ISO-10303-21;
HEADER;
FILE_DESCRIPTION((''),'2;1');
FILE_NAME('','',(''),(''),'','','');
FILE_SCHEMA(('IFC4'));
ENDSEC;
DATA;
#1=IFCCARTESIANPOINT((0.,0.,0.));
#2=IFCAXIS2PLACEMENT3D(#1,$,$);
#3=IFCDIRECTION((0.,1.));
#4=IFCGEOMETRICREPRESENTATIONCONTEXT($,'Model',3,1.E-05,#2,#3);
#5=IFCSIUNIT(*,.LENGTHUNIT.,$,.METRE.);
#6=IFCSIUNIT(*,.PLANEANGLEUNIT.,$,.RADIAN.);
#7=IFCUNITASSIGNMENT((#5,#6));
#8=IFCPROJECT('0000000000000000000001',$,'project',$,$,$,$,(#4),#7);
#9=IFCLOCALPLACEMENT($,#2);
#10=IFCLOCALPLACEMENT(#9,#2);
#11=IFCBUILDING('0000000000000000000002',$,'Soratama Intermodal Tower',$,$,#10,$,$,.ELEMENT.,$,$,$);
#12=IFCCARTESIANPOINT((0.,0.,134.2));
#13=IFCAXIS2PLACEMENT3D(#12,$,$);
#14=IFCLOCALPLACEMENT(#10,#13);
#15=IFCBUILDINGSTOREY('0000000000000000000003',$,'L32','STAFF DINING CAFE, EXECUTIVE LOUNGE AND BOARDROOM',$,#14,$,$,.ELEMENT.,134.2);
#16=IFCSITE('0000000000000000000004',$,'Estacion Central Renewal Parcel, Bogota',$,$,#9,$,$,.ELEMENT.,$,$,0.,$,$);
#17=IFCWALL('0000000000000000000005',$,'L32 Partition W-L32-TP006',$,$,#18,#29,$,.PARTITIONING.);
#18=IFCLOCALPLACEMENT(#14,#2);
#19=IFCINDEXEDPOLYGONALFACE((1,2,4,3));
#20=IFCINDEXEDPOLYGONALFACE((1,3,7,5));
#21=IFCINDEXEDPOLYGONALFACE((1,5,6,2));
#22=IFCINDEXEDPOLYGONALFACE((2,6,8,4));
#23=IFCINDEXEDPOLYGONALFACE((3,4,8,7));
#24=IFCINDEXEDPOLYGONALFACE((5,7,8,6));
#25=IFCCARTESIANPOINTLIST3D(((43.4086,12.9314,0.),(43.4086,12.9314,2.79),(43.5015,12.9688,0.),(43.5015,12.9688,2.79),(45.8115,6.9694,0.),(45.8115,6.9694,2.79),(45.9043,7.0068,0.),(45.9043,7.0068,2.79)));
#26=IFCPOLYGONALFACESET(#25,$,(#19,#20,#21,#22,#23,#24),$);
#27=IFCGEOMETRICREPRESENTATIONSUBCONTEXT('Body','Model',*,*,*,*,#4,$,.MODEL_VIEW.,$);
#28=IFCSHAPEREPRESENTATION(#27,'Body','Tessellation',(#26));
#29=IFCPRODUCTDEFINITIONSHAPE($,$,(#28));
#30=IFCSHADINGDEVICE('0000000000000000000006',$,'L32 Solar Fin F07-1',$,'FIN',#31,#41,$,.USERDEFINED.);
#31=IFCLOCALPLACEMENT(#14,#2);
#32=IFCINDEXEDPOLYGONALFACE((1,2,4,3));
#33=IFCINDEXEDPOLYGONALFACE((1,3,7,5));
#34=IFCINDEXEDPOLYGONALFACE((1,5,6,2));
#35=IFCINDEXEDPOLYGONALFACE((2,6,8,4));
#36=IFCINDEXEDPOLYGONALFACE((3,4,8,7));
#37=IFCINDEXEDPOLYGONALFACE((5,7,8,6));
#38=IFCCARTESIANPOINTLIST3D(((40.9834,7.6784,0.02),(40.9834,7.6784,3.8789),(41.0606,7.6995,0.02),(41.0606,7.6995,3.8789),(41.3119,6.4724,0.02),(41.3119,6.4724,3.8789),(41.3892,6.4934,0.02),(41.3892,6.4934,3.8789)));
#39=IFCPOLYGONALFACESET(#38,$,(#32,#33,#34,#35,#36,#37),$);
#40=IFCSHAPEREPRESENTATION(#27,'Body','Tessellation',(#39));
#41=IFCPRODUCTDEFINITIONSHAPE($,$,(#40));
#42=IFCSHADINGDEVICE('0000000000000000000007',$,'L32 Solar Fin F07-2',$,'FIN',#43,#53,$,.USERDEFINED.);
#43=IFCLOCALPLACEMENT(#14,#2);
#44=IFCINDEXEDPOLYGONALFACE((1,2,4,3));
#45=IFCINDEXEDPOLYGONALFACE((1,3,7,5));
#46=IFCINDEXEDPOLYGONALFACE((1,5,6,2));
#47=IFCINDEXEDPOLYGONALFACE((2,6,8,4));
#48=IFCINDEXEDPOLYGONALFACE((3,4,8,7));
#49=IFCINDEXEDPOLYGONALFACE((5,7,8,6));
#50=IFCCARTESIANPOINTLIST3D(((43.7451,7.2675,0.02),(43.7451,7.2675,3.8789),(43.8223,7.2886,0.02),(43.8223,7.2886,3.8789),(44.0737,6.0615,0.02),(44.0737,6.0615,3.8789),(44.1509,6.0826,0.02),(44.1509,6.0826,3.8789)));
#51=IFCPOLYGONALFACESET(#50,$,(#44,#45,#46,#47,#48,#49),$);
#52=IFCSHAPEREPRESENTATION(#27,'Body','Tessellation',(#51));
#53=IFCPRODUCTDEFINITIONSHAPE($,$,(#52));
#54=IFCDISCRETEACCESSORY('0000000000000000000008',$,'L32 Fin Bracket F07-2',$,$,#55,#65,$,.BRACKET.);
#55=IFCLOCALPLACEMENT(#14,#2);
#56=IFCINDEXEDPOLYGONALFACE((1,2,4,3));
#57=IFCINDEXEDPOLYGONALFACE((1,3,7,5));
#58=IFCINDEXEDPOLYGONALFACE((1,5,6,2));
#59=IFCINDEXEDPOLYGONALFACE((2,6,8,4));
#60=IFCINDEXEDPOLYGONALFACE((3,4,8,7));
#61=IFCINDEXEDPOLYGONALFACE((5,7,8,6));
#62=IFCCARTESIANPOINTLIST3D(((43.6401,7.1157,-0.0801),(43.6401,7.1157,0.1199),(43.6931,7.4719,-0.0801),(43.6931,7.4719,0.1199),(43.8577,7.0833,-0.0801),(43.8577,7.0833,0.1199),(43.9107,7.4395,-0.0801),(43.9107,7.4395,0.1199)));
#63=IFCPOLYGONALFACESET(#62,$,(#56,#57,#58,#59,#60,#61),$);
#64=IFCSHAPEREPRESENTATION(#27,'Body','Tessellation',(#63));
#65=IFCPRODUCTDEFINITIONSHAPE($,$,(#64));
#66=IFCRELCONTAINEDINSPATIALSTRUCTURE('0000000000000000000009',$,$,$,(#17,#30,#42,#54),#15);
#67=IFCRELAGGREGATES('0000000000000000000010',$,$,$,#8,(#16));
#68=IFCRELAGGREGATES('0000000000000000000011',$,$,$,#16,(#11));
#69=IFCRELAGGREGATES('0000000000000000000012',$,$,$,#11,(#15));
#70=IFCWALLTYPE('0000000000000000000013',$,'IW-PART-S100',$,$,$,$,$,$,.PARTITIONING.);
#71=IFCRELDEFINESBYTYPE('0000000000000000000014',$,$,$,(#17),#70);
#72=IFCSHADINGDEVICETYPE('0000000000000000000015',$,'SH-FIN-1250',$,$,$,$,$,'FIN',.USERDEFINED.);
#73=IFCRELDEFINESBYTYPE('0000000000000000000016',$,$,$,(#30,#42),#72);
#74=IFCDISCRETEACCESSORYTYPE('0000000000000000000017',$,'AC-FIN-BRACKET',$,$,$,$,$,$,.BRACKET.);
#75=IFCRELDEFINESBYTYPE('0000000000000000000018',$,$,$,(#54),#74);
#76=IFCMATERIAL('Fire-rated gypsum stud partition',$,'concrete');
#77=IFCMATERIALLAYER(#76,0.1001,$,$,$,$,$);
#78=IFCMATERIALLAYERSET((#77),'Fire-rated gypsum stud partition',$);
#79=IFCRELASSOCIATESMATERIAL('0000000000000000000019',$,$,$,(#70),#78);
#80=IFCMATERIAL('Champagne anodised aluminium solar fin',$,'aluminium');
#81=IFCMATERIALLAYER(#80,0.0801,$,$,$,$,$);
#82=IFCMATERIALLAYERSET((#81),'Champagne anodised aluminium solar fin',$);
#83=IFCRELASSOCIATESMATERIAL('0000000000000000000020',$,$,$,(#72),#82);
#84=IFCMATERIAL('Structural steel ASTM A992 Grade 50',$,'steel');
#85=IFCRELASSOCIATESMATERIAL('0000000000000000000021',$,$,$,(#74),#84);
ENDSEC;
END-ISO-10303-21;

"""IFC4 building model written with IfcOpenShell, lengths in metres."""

from ifc_helpers import new_model, si_unit, direction, frame, frame_2d, origin, origin_2d, place, context, subcontext, project, spatial, rectangle, extrude, material, layer, layer_set, type_object, element, save


model = new_model("IFC4")

# Units and contexts
model_context = context("Model", 3, precision=1e-05, world=origin(), true_north=direction((0.0, 1.0)))
body_context = subcontext(model_context, "Body", "Model", "MODEL_VIEW")
ifc_project = project(units=[si_unit("LENGTHUNIT", "METRE"), si_unit("PLANEANGLEUNIT", "RADIAN")], contexts=[model_context])

# Site, building, storey
site_placement = place(None, origin())
site = spatial("IfcSite", under=ifc_project, at=site_placement, Name="Estacion Central Renewal Parcel, Bogota", CompositionType="ELEMENT", RefElevation=0.0)
building_placement = place(site_placement, origin())
building = spatial("IfcBuilding", under=site, at=building_placement, Name="Soratama Intermodal Tower", CompositionType="ELEMENT")
storey_placement = place(building_placement, frame((0.0, 0.0, 134.2)))
storey = spatial("IfcBuildingStorey", under=building, at=storey_placement, Name="L32", Description="STAFF DINING CAFE, EXECUTIVE LOUNGE AND BOARDROOM", CompositionType="ELEMENT", Elevation=134.2)

# Wall
ifc_material_1 = material(Name="Fire-rated gypsum stud partition", Category="concrete")
ifc_layer_1 = layer(ifc_material_1, 0.1001)
ifc_layer_set_1 = layer_set([ifc_layer_1], Name="Fire-rated gypsum stud partition")
wall_type_1 = type_object("IfcWallType", Name="IW-PART-S100", PredefinedType="PARTITIONING", material=ifc_layer_set_1)
wall_1_placement = place(storey_placement, frame((43.4551, 12.95, 0.0), z_axis=(0.0, 0.0, 1.0), x_axis=(0.373812, -0.927504, 0.0)))
element("IfcWall", 1, at=wall_1_placement, inside=storey, type_object=wall_type_1, Name="L32 Partition W-L32-TP006", PredefinedType="PARTITIONING", context=body_context, shape_type="SweptSolid", body=[
    extrude(rectangle(XDim=6.428, YDim=0.1001, at=frame_2d((3.2139, 0.0))), origin(), (0.0, 0.0, 1.0), 2.79),
])

# Shading devices
ifc_material_2 = material(Name="Champagne anodised aluminium solar fin", Category="aluminium")
ifc_layer_2 = layer(ifc_material_2, 0.0801)
ifc_layer_set_2 = layer_set([ifc_layer_2], Name="Champagne anodised aluminium solar fin")
shading_device_type = type_object("IfcShadingDeviceType", Name="SH-FIN-1250", ElementType="FIN", PredefinedType="USERDEFINED", material=ifc_layer_set_2)
for number, where, z_axis, x_axis, name in (
    (2, (41.1863, 7.0859, 0.02), (0.0, 0.0, 1.0), (0.262863, -0.964833, 0.0), "L32 Solar Fin F07-1"),
    (3, (43.948, 6.675, 0.02), (0.0, 0.0, 1.0), (0.262863, -0.964833, 0.0), "L32 Solar Fin F07-2"),
):
    element("IfcShadingDevice", number, at=place(storey_placement, frame(where, z_axis=z_axis, x_axis=x_axis)), inside=storey, type_object=shading_device_type, Name=name, ObjectType="FIN", PredefinedType="USERDEFINED", context=body_context, shape_type="SweptSolid", body=[
        extrude(rectangle(XDim=1.25, YDim=0.0801, at=origin_2d()), origin(), (0.0, 0.0, 1.0), 3.8589),
    ])

# Discrete accessory
ifc_material_3 = material(Name="Structural steel ASTM A992 Grade 50", Category="steel")
discrete_accessory_type = type_object("IfcDiscreteAccessoryType", Name="AC-FIN-BRACKET", PredefinedType="BRACKET", material=ifc_material_3)
discrete_accessory_placement = place(storey_placement, frame((43.7754, 7.2776, -0.0801), z_axis=(0.0, 0.0, 1.0), x_axis=(-0.147119, -0.989119, 0.0)))
element("IfcDiscreteAccessory", 4, at=discrete_accessory_placement, inside=storey, type_object=discrete_accessory_type, Name="L32 Fin Bracket F07-2", PredefinedType="BRACKET", context=body_context, shape_type="SweptSolid", body=[
    extrude(rectangle(XDim=0.3601, YDim=0.22, at=origin_2d()), origin(), (0.0, 0.0, 1.0), 0.2),
])

save(model, "model.ifc")
